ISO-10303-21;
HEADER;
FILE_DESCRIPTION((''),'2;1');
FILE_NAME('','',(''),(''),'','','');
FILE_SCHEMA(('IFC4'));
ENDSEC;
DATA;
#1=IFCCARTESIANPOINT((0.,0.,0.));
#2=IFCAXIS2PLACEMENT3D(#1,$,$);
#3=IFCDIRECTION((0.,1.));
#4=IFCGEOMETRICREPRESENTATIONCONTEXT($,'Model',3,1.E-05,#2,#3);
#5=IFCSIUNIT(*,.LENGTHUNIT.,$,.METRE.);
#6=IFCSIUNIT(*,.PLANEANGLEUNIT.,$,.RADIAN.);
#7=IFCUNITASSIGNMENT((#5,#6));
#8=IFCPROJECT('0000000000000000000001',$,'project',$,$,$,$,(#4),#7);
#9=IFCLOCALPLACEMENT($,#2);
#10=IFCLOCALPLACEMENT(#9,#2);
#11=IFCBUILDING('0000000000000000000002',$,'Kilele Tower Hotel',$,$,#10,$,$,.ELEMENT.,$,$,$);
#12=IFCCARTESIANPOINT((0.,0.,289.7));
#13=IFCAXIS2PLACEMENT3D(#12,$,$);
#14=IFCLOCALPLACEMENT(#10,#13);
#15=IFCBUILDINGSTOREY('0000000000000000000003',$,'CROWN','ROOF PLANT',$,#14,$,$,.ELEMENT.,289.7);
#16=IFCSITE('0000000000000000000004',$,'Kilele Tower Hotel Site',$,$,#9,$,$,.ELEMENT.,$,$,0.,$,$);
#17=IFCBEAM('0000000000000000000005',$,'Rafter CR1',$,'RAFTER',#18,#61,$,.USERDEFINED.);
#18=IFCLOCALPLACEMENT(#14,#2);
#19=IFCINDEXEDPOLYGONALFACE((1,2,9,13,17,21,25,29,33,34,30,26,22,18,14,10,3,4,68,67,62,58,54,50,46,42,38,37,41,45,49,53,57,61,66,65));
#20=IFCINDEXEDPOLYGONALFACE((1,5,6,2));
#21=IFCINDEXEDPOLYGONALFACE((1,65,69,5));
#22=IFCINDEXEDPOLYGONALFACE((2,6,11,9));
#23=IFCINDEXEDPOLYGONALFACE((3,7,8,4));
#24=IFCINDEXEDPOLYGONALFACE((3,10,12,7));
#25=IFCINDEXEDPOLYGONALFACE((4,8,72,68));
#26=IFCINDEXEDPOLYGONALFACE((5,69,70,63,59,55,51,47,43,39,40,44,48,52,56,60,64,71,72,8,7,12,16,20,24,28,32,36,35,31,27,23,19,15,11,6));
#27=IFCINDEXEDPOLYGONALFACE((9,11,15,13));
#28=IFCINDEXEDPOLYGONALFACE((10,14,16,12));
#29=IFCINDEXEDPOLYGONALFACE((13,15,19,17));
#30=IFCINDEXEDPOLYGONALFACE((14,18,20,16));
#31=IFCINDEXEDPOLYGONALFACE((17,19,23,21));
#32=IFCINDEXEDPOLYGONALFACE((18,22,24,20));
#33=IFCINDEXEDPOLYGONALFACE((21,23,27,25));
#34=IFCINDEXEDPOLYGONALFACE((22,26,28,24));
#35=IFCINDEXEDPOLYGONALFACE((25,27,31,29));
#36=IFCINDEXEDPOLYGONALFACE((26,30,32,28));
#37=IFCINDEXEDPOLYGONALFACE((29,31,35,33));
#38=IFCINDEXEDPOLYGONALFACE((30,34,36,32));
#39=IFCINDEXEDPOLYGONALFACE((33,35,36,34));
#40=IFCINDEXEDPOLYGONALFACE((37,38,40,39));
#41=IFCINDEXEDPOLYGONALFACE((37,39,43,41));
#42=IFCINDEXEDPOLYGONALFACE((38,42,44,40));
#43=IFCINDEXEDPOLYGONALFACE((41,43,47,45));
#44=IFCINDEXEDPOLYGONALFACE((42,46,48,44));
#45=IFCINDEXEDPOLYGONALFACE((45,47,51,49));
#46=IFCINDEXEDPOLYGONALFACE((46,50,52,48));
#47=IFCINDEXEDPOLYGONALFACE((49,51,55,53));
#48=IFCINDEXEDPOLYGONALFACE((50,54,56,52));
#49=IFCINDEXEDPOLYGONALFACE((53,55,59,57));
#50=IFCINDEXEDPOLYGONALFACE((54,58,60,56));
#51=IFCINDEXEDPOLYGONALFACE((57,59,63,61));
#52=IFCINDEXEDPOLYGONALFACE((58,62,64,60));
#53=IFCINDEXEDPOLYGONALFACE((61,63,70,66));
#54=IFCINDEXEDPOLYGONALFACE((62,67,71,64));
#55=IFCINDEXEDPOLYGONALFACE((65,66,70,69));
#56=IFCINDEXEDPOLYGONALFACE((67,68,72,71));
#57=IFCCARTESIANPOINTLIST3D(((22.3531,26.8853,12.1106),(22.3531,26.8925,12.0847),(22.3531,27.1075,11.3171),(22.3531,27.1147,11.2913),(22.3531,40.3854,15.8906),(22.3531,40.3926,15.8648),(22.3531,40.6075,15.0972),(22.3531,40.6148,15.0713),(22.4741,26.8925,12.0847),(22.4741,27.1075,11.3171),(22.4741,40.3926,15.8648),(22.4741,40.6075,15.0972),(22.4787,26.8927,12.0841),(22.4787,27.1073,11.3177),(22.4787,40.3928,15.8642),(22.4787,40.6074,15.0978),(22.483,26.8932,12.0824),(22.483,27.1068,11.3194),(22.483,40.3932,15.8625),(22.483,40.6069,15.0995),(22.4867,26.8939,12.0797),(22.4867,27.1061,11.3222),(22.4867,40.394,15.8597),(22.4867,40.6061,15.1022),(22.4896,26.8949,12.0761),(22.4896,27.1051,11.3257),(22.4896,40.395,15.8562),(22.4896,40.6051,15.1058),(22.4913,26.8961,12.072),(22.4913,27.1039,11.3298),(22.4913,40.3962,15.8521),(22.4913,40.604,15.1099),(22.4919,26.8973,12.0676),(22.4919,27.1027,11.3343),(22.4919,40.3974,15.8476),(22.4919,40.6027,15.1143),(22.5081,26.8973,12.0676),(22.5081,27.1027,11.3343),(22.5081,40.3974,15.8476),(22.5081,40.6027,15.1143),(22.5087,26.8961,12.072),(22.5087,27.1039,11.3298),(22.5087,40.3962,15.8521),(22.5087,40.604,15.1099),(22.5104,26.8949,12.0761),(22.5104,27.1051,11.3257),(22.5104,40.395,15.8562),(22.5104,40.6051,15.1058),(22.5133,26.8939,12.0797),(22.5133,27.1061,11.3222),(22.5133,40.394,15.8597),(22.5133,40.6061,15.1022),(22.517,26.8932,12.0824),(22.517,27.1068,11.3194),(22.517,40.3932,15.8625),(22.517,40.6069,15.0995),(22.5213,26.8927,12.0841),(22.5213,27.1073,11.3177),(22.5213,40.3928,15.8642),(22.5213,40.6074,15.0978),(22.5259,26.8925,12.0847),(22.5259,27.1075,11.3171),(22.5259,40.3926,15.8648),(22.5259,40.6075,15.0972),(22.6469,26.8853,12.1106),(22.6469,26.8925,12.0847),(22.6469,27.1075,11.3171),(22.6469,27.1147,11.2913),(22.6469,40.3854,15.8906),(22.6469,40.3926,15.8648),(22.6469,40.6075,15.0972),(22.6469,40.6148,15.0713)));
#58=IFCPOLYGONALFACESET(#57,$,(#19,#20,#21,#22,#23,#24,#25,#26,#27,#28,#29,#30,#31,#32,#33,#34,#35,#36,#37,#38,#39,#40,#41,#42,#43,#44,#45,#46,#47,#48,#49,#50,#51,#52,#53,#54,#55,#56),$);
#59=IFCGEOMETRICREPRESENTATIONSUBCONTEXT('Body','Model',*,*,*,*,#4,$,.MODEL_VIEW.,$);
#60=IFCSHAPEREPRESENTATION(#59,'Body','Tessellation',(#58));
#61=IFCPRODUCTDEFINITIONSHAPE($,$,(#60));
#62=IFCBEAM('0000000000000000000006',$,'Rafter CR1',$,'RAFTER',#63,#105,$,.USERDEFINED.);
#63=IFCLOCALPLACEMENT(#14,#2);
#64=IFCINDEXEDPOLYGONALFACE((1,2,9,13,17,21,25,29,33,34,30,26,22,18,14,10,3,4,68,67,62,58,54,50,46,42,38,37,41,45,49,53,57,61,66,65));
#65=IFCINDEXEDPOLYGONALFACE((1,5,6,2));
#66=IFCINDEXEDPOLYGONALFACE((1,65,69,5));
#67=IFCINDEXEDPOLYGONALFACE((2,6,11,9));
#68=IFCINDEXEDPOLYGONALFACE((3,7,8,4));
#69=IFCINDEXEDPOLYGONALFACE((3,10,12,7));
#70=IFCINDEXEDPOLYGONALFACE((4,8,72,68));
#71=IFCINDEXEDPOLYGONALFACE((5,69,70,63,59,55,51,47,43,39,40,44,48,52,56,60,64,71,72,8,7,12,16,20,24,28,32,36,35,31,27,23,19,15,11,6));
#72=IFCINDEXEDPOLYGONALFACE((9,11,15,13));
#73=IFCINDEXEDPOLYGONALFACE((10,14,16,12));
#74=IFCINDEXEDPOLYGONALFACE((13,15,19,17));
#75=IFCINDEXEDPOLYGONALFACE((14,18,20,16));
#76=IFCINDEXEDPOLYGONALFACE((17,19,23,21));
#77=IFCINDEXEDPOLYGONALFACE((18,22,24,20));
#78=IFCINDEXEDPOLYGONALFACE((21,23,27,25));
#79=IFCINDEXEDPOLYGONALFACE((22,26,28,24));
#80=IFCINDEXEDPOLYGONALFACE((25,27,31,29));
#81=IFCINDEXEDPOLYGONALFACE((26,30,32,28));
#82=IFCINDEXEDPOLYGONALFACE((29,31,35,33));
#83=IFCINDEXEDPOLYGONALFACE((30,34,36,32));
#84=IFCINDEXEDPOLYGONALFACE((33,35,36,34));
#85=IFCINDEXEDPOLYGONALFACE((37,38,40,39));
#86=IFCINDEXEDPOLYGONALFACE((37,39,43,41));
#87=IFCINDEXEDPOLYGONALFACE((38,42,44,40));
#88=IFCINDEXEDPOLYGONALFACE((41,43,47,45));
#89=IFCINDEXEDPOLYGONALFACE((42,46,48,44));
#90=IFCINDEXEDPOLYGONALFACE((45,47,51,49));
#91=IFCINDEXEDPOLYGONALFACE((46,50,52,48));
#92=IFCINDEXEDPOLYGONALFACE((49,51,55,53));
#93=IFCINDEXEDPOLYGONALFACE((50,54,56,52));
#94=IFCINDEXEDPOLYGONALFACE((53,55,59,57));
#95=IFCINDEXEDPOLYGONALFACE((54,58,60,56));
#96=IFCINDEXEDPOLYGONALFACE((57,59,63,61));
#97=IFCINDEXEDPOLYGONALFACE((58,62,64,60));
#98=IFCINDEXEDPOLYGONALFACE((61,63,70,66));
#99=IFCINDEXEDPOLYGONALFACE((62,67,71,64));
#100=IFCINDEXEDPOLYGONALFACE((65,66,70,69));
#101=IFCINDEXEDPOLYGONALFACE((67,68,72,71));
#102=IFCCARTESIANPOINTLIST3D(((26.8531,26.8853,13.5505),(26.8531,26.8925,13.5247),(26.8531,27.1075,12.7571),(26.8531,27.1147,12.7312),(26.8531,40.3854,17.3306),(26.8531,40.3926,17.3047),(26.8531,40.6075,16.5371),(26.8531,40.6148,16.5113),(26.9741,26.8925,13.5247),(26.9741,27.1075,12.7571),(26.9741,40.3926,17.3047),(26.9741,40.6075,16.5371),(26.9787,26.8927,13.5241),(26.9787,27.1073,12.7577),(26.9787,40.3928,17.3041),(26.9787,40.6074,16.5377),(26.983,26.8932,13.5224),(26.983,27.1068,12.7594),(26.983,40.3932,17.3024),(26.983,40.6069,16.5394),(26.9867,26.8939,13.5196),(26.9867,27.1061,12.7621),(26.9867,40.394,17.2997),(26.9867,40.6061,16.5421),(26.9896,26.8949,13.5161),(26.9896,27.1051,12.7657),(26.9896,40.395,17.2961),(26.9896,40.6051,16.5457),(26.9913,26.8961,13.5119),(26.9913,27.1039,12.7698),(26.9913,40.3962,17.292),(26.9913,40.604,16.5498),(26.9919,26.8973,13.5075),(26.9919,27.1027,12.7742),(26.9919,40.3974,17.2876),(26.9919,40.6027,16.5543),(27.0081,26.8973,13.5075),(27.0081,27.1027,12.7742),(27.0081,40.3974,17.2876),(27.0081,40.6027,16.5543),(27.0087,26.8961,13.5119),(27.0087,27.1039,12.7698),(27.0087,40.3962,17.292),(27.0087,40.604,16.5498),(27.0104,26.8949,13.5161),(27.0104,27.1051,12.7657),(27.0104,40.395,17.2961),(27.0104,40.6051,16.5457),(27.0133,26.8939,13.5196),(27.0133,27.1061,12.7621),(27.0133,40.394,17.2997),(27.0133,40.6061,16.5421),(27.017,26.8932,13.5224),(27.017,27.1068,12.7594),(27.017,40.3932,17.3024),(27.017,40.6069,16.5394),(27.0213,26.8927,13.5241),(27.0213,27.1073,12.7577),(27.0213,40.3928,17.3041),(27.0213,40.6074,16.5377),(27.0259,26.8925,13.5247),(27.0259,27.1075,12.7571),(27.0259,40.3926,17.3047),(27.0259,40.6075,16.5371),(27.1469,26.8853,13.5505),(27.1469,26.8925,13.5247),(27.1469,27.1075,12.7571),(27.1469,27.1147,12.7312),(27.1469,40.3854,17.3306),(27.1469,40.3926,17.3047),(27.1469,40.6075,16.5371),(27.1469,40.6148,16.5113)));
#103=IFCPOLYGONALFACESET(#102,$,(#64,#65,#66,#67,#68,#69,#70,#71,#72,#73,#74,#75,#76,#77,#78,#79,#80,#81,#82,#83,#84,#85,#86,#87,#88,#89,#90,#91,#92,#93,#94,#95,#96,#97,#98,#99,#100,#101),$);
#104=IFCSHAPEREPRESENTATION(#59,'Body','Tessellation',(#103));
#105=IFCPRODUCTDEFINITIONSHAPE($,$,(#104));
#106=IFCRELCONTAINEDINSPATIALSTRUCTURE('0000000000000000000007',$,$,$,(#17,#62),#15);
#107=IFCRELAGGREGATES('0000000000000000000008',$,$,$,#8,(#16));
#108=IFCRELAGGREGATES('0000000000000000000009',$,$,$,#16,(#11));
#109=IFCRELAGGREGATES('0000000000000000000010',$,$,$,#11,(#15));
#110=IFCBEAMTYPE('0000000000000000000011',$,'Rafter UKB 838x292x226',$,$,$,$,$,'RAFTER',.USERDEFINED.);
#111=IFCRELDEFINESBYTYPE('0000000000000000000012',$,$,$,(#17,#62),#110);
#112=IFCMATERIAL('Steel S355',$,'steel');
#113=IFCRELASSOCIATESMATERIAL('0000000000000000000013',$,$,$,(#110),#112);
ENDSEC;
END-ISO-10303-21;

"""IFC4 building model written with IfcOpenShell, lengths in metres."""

from ifc_helpers import new_model, si_unit, direction, frame, origin, origin_2d, place, context, subcontext, project, spatial, i_section, extrude, material, material_profile, profile_set, type_object, element, save


model = new_model("IFC4")

# Units and contexts
model_context = context("Model", 3, precision=1e-05, world=origin(), true_north=direction((0.0, 1.0)))
body_context = subcontext(model_context, "Body", "Model", "MODEL_VIEW")
ifc_project = project(units=[si_unit("LENGTHUNIT", "METRE"), si_unit("PLANEANGLEUNIT", "RADIAN")], contexts=[model_context])

# Site, building, storey
site_placement = place(None, origin())
site = spatial("IfcSite", under=ifc_project, at=site_placement, Name="Kilele Tower Hotel Site", CompositionType="ELEMENT", RefElevation=0.0)
building_placement = place(site_placement, origin())
building = spatial("IfcBuilding", under=site, at=building_placement, Name="Kilele Tower Hotel", CompositionType="ELEMENT")
storey_placement = place(building_placement, frame((0.0, 0.0, 289.7)))
storey = spatial("IfcBuildingStorey", under=building, at=storey_placement, Name="CROWN", Description="ROOF PLANT", CompositionType="ELEMENT", Elevation=289.7)

# Beams
ifc_material_1 = material(Name="Steel S355", Category="steel")
ifc_material_profile_1 = material_profile(ifc_material_1, i_section(OverallWidth=0.2937, OverallDepth=0.8508, WebThickness=0.0161, FlangeThickness=0.0269, FilletRadius=0.0178, at=origin_2d()))
ifc_profile_set_1 = profile_set([ifc_material_profile_1], Name="Steel S355")
beam_type_1 = type_object("IfcBeamType", Name="Rafter UKB 838x292x226", ElementType="RAFTER", PredefinedType="USERDEFINED", material=ifc_profile_set_1)
for number, where, z_axis, x_axis, name in (
    (1, (22.5, 27.0, 11.7009), (0.0, 0.962963, 0.269632), (-1.0, 0.0, 0.0), "Rafter CR1"),
    (2, (27.0, 27.0, 13.1409), (0.0, 0.962963, 0.269632), (-1.0, 0.0, 0.0), "Rafter CR1"),
):
    element("IfcBeam", number, at=place(storey_placement, frame(where, z_axis=z_axis, x_axis=x_axis)), inside=storey, type_object=beam_type_1, Name=name, ObjectType="RAFTER", PredefinedType="USERDEFINED", context=body_context, shape_type="SweptSolid", body=[
        extrude(i_section(OverallWidth=0.2937, OverallDepth=0.8508, WebThickness=0.0161, FlangeThickness=0.0269, FilletRadius=0.0178, at=origin_2d()), origin(), (0.0, 0.0, 1.0), 14.0193),
    ])

save(model, "model.ifc")
